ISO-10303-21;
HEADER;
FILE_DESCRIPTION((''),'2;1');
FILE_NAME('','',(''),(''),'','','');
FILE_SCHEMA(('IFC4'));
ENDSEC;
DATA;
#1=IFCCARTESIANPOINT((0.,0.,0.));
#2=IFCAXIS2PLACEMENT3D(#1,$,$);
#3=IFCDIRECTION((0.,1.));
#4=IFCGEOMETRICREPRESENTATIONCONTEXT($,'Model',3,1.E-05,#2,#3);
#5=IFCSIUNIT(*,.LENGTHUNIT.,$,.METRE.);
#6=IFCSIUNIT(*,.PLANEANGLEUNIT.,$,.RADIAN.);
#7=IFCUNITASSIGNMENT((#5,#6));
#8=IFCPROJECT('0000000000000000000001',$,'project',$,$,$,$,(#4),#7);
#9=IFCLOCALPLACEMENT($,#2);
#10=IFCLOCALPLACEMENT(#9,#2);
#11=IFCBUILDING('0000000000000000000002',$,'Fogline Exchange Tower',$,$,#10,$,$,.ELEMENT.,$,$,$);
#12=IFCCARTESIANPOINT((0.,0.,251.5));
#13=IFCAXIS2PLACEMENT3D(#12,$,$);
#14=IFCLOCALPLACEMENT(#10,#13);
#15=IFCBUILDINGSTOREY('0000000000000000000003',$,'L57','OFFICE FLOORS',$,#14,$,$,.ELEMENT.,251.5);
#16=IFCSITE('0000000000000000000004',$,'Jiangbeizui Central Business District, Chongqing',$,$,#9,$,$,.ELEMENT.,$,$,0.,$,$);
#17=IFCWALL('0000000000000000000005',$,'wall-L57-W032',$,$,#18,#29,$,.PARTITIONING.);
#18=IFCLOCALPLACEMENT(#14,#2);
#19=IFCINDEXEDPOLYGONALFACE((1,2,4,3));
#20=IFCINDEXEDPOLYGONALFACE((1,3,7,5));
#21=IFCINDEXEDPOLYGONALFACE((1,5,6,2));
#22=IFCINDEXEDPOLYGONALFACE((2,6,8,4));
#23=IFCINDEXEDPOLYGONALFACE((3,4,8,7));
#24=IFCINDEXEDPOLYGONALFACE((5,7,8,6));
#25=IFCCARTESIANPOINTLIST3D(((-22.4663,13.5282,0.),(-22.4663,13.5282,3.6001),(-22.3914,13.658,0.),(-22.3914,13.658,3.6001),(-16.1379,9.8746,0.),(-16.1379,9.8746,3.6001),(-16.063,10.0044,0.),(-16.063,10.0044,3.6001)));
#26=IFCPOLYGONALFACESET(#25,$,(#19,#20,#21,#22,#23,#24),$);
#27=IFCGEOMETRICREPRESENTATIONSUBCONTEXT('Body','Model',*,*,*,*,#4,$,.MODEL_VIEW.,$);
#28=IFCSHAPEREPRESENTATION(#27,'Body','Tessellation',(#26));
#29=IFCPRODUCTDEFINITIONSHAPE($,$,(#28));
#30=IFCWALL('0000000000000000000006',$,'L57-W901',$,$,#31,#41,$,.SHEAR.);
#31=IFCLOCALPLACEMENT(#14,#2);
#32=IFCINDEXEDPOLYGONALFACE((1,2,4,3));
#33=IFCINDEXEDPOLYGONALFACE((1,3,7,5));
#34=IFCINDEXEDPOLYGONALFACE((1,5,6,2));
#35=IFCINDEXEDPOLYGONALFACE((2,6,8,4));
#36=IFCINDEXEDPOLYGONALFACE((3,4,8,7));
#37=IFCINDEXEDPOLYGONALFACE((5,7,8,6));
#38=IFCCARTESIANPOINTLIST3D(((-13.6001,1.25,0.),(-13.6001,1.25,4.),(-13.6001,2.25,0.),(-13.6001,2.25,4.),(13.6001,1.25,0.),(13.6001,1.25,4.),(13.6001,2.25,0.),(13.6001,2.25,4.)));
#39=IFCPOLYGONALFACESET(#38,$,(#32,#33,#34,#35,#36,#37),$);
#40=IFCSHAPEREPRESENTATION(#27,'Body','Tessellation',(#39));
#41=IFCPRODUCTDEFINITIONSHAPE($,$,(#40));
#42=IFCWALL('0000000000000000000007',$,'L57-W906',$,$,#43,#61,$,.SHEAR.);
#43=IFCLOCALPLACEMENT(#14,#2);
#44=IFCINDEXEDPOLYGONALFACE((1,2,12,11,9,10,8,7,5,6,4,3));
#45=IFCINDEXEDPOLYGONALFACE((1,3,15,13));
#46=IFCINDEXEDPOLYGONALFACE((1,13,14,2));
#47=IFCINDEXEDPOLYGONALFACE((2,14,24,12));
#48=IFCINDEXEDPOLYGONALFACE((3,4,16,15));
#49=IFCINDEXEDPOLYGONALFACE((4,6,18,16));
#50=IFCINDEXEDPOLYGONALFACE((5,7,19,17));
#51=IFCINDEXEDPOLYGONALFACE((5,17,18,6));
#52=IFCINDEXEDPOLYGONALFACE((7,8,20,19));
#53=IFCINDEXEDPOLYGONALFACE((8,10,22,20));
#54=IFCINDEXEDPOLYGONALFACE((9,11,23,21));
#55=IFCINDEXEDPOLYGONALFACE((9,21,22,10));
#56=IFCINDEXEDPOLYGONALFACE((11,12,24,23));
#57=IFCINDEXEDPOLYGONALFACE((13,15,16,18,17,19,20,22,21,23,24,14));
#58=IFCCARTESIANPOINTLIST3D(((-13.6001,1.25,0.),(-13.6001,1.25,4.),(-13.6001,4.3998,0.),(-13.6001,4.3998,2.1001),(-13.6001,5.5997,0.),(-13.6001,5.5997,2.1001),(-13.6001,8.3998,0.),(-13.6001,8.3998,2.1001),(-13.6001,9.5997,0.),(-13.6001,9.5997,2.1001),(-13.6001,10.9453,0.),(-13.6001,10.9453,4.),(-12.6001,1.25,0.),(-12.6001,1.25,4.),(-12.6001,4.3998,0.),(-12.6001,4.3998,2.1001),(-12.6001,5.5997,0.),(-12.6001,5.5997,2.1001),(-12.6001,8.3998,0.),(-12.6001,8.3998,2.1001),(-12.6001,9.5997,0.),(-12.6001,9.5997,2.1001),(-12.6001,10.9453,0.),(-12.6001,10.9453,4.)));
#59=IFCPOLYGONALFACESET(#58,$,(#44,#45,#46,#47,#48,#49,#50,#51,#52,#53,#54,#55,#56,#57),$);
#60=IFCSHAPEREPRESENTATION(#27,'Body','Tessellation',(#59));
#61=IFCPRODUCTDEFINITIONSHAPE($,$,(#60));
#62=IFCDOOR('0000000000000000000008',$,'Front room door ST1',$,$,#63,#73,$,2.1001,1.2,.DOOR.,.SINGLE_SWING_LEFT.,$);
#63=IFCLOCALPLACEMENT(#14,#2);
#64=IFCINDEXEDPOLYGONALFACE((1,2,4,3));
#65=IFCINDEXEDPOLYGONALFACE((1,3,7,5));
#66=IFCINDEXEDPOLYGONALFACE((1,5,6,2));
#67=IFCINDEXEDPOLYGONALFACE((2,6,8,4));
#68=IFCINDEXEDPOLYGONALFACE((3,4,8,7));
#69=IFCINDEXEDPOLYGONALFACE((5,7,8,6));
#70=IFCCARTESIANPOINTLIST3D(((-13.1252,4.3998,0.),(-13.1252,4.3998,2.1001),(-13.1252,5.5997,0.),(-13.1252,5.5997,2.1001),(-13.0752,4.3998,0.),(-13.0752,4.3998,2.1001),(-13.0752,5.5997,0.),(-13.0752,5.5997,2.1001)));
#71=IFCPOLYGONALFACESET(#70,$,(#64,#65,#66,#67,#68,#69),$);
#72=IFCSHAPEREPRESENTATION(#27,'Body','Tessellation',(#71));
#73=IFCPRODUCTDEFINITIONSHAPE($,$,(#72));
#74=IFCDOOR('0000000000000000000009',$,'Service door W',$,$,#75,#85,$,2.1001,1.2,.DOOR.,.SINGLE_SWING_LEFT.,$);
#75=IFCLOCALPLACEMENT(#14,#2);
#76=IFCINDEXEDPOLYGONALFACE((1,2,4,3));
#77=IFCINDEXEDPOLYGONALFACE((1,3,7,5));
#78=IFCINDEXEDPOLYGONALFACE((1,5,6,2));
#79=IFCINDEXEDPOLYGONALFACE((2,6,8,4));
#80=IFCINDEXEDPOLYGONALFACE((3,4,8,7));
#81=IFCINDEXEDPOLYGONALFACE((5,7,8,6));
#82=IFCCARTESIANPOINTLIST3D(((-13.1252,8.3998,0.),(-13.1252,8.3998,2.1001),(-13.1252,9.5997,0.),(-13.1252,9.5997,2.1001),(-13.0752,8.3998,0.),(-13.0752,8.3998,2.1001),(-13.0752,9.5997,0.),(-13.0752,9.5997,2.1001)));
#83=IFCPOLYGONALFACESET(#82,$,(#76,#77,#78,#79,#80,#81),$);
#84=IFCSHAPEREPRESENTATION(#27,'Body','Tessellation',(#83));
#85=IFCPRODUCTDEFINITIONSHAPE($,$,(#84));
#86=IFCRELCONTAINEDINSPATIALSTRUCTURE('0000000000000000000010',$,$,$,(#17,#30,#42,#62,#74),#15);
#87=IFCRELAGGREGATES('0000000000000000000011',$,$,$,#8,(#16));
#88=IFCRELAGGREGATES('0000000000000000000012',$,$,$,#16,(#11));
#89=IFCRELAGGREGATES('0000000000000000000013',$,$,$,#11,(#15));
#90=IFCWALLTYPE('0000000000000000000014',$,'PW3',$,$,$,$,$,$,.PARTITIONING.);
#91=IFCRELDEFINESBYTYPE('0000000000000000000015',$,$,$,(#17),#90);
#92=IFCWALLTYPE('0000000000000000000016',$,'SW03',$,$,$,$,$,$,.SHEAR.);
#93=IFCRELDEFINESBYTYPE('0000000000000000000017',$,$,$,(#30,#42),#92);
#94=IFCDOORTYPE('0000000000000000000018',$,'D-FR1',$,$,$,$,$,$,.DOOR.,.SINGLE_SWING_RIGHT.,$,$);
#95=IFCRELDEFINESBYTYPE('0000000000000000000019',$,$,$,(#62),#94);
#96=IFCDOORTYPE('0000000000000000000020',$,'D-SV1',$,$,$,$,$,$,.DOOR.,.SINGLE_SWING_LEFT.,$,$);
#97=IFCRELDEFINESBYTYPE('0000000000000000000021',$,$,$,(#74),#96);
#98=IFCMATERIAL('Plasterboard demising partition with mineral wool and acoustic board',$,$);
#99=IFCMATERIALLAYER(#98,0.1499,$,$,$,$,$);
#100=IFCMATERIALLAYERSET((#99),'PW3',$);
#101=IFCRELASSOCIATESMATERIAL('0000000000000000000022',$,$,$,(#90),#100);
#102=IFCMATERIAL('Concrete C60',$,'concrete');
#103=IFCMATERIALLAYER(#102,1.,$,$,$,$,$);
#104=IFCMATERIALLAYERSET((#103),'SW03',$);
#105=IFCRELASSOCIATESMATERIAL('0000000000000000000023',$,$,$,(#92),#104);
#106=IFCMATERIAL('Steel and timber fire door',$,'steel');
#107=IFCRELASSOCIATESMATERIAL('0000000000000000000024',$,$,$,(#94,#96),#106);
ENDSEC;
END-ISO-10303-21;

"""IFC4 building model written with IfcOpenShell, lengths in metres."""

from ifc_helpers import new_model, si_unit, direction, frame, frame_2d, origin, place, context, subcontext, project, spatial, rectangle, extrude, material, layer, layer_set, type_object, element, fill, save


model = new_model("IFC4")

# Units and contexts
model_context = context("Model", 3, precision=1e-05, world=origin(), true_north=direction((0.0, 1.0)))
body_context = subcontext(model_context, "Body", "Model", "MODEL_VIEW")
ifc_project = project(units=[si_unit("LENGTHUNIT", "METRE"), si_unit("PLANEANGLEUNIT", "RADIAN")], contexts=[model_context])

# Site, building, storey
site_placement = place(None, origin())
site = spatial("IfcSite", under=ifc_project, at=site_placement, Name="Jiangbeizui Central Business District, Chongqing", CompositionType="ELEMENT", RefElevation=0.0)
building_placement = place(site_placement, origin())
building = spatial("IfcBuilding", under=site, at=building_placement, Name="Fogline Exchange Tower", CompositionType="ELEMENT")
storey_placement = place(building_placement, frame((0.0, 0.0, 251.5)))
storey = spatial("IfcBuildingStorey", under=building, at=storey_placement, Name="L57", Description="OFFICE FLOORS", CompositionType="ELEMENT", Elevation=251.5)

# Shared definitions
ifc_material_1 = material(Name="Concrete C60", Category="concrete")

# Walls
ifc_material_2 = material(Name="Plasterboard demising partition with mineral wool and acoustic board")
ifc_layer_1 = layer(ifc_material_2, 0.1499)
ifc_layer_set_1 = layer_set([ifc_layer_1], Name="PW3")
wall_type_1 = type_object("IfcWallType", Name="PW3", PredefinedType="PARTITIONING", material=ifc_layer_set_1)
wall_1_placement = place(storey_placement, frame((-16.1003, 9.9395, 0.0), z_axis=(0.0, 0.0, 1.0), x_axis=(-0.866033, 0.499988, 0.0)))
element("IfcWall", 1, at=wall_1_placement, inside=storey, type_object=wall_type_1, Name="wall-L57-W032", PredefinedType="PARTITIONING", context=body_context, shape_type="SweptSolid", body=[
    extrude(rectangle(XDim=7.3074, YDim=0.1499, at=frame_2d((3.6538, 0.0))), origin(), (0.0, 0.0, 1.0), 3.6001),
])
ifc_layer_2 = layer(ifc_material_1, 1.0)
ifc_layer_set_2 = layer_set([ifc_layer_2], Name="SW03")
wall_type_2 = type_object("IfcWallType", Name="SW03", PredefinedType="SHEAR", material=ifc_layer_set_2)
wall_2_placement = place(storey_placement, frame((-13.6001, 1.75, 0.0), z_axis=(0.0, 0.0, 1.0), x_axis=(1.0, 0.0, 0.0)))
element("IfcWall", 2, at=wall_2_placement, inside=storey, type_object=wall_type_2, Name="L57-W901", PredefinedType="SHEAR", context=body_context, shape_type="SweptSolid", body=[
    extrude(rectangle(XDim=27.2002, YDim=1.0, at=frame_2d((13.6001, 0.0))), origin(), (0.0, 0.0, 1.0), 4.0),
])

# Wall, openings, doors
wall_3_placement = place(storey_placement, frame((-13.1001, 10.9453, 0.0), z_axis=(0.0, 0.0, 1.0), x_axis=(0.0, -1.0, 0.0)))
wall_3 = element("IfcWall", 3, at=wall_3_placement, inside=storey, type_object=wall_type_2, Name="L57-W906", PredefinedType="SHEAR", context=body_context, shape_type="SweptSolid", body=[
    extrude(rectangle(XDim=9.6953, YDim=1.0, at=frame_2d((4.8477, 0.0))), origin(), (0.0, 0.0, 1.0), 4.0),
])
opening_1_placement = place(wall_3_placement, frame((5.3455, 0.0, 0.0)))
opening_1 = element("IfcOpeningElement", 4, at=opening_1_placement, cuts=wall_3, PredefinedType="OPENING", context=body_context, shape_type="SweptSolid", body=[
    extrude(rectangle(XDim=1.2, YDim=2.1001, at=frame_2d((0.6001, 1.05))), frame((0.0, 0.51, 0.0), z_axis=(0.0, -1.0, 0.0), x_axis=(1.0, 0.0, 0.0)), (0.0, 0.0, 1.0), 1.02),
])
opening_2_placement = place(wall_3_placement, frame((1.3455, 0.0, 0.0)))
opening_2 = element("IfcOpeningElement", 5, at=opening_2_placement, cuts=wall_3, PredefinedType="OPENING", context=body_context, shape_type="SweptSolid", body=[
    extrude(rectangle(XDim=1.2, YDim=2.1001, at=frame_2d((0.6001, 1.05))), frame((0.0, 0.51, 0.0), z_axis=(0.0, -1.0, 0.0), x_axis=(1.0, 0.0, 0.0)), (0.0, 0.0, 1.0), 1.02),
])
ifc_material_3 = material(Name="Steel and timber fire door", Category="steel")
door_type_1 = type_object("IfcDoorType", Name="D-FR1", OperationType="SINGLE_SWING_RIGHT", PredefinedType="DOOR", material=ifc_material_3)
door_1_placement = place(opening_1_placement, origin())
door_1 = element("IfcDoor", 6, at=door_1_placement, inside=storey, type_object=door_type_1, Name="Front room door ST1", OperationType="SINGLE_SWING_LEFT", OverallHeight=2.1001, OverallWidth=1.2, PredefinedType="DOOR", context=body_context, shape_type="SweptSolid", body=[
    extrude(rectangle(XDim=1.2, YDim=2.1001, at=frame_2d((0.6001, 1.05))), frame((0.0, 0.0249, 0.0), z_axis=(0.0, -1.0, 0.0), x_axis=(1.0, 0.0, 0.0)), (0.0, 0.0, 1.0), 0.05),
])
fill(opening_1, door_1)
door_type_2 = type_object("IfcDoorType", Name="D-SV1", OperationType="SINGLE_SWING_LEFT", PredefinedType="DOOR", material=ifc_material_3)
door_2_placement = place(opening_2_placement, origin())
door_2 = element("IfcDoor", 7, at=door_2_placement, inside=storey, type_object=door_type_2, Name="Service door W", OperationType="SINGLE_SWING_LEFT", OverallHeight=2.1001, OverallWidth=1.2, PredefinedType="DOOR", context=body_context, shape_type="SweptSolid", body=[
    extrude(rectangle(XDim=1.2, YDim=2.1001, at=frame_2d((0.6001, 1.05))), frame((0.0, 0.0249, 0.0), z_axis=(0.0, -1.0, 0.0), x_axis=(1.0, 0.0, 0.0)), (0.0, 0.0, 1.0), 0.05),
])
fill(opening_2, door_2)

save(model, "model.ifc")
